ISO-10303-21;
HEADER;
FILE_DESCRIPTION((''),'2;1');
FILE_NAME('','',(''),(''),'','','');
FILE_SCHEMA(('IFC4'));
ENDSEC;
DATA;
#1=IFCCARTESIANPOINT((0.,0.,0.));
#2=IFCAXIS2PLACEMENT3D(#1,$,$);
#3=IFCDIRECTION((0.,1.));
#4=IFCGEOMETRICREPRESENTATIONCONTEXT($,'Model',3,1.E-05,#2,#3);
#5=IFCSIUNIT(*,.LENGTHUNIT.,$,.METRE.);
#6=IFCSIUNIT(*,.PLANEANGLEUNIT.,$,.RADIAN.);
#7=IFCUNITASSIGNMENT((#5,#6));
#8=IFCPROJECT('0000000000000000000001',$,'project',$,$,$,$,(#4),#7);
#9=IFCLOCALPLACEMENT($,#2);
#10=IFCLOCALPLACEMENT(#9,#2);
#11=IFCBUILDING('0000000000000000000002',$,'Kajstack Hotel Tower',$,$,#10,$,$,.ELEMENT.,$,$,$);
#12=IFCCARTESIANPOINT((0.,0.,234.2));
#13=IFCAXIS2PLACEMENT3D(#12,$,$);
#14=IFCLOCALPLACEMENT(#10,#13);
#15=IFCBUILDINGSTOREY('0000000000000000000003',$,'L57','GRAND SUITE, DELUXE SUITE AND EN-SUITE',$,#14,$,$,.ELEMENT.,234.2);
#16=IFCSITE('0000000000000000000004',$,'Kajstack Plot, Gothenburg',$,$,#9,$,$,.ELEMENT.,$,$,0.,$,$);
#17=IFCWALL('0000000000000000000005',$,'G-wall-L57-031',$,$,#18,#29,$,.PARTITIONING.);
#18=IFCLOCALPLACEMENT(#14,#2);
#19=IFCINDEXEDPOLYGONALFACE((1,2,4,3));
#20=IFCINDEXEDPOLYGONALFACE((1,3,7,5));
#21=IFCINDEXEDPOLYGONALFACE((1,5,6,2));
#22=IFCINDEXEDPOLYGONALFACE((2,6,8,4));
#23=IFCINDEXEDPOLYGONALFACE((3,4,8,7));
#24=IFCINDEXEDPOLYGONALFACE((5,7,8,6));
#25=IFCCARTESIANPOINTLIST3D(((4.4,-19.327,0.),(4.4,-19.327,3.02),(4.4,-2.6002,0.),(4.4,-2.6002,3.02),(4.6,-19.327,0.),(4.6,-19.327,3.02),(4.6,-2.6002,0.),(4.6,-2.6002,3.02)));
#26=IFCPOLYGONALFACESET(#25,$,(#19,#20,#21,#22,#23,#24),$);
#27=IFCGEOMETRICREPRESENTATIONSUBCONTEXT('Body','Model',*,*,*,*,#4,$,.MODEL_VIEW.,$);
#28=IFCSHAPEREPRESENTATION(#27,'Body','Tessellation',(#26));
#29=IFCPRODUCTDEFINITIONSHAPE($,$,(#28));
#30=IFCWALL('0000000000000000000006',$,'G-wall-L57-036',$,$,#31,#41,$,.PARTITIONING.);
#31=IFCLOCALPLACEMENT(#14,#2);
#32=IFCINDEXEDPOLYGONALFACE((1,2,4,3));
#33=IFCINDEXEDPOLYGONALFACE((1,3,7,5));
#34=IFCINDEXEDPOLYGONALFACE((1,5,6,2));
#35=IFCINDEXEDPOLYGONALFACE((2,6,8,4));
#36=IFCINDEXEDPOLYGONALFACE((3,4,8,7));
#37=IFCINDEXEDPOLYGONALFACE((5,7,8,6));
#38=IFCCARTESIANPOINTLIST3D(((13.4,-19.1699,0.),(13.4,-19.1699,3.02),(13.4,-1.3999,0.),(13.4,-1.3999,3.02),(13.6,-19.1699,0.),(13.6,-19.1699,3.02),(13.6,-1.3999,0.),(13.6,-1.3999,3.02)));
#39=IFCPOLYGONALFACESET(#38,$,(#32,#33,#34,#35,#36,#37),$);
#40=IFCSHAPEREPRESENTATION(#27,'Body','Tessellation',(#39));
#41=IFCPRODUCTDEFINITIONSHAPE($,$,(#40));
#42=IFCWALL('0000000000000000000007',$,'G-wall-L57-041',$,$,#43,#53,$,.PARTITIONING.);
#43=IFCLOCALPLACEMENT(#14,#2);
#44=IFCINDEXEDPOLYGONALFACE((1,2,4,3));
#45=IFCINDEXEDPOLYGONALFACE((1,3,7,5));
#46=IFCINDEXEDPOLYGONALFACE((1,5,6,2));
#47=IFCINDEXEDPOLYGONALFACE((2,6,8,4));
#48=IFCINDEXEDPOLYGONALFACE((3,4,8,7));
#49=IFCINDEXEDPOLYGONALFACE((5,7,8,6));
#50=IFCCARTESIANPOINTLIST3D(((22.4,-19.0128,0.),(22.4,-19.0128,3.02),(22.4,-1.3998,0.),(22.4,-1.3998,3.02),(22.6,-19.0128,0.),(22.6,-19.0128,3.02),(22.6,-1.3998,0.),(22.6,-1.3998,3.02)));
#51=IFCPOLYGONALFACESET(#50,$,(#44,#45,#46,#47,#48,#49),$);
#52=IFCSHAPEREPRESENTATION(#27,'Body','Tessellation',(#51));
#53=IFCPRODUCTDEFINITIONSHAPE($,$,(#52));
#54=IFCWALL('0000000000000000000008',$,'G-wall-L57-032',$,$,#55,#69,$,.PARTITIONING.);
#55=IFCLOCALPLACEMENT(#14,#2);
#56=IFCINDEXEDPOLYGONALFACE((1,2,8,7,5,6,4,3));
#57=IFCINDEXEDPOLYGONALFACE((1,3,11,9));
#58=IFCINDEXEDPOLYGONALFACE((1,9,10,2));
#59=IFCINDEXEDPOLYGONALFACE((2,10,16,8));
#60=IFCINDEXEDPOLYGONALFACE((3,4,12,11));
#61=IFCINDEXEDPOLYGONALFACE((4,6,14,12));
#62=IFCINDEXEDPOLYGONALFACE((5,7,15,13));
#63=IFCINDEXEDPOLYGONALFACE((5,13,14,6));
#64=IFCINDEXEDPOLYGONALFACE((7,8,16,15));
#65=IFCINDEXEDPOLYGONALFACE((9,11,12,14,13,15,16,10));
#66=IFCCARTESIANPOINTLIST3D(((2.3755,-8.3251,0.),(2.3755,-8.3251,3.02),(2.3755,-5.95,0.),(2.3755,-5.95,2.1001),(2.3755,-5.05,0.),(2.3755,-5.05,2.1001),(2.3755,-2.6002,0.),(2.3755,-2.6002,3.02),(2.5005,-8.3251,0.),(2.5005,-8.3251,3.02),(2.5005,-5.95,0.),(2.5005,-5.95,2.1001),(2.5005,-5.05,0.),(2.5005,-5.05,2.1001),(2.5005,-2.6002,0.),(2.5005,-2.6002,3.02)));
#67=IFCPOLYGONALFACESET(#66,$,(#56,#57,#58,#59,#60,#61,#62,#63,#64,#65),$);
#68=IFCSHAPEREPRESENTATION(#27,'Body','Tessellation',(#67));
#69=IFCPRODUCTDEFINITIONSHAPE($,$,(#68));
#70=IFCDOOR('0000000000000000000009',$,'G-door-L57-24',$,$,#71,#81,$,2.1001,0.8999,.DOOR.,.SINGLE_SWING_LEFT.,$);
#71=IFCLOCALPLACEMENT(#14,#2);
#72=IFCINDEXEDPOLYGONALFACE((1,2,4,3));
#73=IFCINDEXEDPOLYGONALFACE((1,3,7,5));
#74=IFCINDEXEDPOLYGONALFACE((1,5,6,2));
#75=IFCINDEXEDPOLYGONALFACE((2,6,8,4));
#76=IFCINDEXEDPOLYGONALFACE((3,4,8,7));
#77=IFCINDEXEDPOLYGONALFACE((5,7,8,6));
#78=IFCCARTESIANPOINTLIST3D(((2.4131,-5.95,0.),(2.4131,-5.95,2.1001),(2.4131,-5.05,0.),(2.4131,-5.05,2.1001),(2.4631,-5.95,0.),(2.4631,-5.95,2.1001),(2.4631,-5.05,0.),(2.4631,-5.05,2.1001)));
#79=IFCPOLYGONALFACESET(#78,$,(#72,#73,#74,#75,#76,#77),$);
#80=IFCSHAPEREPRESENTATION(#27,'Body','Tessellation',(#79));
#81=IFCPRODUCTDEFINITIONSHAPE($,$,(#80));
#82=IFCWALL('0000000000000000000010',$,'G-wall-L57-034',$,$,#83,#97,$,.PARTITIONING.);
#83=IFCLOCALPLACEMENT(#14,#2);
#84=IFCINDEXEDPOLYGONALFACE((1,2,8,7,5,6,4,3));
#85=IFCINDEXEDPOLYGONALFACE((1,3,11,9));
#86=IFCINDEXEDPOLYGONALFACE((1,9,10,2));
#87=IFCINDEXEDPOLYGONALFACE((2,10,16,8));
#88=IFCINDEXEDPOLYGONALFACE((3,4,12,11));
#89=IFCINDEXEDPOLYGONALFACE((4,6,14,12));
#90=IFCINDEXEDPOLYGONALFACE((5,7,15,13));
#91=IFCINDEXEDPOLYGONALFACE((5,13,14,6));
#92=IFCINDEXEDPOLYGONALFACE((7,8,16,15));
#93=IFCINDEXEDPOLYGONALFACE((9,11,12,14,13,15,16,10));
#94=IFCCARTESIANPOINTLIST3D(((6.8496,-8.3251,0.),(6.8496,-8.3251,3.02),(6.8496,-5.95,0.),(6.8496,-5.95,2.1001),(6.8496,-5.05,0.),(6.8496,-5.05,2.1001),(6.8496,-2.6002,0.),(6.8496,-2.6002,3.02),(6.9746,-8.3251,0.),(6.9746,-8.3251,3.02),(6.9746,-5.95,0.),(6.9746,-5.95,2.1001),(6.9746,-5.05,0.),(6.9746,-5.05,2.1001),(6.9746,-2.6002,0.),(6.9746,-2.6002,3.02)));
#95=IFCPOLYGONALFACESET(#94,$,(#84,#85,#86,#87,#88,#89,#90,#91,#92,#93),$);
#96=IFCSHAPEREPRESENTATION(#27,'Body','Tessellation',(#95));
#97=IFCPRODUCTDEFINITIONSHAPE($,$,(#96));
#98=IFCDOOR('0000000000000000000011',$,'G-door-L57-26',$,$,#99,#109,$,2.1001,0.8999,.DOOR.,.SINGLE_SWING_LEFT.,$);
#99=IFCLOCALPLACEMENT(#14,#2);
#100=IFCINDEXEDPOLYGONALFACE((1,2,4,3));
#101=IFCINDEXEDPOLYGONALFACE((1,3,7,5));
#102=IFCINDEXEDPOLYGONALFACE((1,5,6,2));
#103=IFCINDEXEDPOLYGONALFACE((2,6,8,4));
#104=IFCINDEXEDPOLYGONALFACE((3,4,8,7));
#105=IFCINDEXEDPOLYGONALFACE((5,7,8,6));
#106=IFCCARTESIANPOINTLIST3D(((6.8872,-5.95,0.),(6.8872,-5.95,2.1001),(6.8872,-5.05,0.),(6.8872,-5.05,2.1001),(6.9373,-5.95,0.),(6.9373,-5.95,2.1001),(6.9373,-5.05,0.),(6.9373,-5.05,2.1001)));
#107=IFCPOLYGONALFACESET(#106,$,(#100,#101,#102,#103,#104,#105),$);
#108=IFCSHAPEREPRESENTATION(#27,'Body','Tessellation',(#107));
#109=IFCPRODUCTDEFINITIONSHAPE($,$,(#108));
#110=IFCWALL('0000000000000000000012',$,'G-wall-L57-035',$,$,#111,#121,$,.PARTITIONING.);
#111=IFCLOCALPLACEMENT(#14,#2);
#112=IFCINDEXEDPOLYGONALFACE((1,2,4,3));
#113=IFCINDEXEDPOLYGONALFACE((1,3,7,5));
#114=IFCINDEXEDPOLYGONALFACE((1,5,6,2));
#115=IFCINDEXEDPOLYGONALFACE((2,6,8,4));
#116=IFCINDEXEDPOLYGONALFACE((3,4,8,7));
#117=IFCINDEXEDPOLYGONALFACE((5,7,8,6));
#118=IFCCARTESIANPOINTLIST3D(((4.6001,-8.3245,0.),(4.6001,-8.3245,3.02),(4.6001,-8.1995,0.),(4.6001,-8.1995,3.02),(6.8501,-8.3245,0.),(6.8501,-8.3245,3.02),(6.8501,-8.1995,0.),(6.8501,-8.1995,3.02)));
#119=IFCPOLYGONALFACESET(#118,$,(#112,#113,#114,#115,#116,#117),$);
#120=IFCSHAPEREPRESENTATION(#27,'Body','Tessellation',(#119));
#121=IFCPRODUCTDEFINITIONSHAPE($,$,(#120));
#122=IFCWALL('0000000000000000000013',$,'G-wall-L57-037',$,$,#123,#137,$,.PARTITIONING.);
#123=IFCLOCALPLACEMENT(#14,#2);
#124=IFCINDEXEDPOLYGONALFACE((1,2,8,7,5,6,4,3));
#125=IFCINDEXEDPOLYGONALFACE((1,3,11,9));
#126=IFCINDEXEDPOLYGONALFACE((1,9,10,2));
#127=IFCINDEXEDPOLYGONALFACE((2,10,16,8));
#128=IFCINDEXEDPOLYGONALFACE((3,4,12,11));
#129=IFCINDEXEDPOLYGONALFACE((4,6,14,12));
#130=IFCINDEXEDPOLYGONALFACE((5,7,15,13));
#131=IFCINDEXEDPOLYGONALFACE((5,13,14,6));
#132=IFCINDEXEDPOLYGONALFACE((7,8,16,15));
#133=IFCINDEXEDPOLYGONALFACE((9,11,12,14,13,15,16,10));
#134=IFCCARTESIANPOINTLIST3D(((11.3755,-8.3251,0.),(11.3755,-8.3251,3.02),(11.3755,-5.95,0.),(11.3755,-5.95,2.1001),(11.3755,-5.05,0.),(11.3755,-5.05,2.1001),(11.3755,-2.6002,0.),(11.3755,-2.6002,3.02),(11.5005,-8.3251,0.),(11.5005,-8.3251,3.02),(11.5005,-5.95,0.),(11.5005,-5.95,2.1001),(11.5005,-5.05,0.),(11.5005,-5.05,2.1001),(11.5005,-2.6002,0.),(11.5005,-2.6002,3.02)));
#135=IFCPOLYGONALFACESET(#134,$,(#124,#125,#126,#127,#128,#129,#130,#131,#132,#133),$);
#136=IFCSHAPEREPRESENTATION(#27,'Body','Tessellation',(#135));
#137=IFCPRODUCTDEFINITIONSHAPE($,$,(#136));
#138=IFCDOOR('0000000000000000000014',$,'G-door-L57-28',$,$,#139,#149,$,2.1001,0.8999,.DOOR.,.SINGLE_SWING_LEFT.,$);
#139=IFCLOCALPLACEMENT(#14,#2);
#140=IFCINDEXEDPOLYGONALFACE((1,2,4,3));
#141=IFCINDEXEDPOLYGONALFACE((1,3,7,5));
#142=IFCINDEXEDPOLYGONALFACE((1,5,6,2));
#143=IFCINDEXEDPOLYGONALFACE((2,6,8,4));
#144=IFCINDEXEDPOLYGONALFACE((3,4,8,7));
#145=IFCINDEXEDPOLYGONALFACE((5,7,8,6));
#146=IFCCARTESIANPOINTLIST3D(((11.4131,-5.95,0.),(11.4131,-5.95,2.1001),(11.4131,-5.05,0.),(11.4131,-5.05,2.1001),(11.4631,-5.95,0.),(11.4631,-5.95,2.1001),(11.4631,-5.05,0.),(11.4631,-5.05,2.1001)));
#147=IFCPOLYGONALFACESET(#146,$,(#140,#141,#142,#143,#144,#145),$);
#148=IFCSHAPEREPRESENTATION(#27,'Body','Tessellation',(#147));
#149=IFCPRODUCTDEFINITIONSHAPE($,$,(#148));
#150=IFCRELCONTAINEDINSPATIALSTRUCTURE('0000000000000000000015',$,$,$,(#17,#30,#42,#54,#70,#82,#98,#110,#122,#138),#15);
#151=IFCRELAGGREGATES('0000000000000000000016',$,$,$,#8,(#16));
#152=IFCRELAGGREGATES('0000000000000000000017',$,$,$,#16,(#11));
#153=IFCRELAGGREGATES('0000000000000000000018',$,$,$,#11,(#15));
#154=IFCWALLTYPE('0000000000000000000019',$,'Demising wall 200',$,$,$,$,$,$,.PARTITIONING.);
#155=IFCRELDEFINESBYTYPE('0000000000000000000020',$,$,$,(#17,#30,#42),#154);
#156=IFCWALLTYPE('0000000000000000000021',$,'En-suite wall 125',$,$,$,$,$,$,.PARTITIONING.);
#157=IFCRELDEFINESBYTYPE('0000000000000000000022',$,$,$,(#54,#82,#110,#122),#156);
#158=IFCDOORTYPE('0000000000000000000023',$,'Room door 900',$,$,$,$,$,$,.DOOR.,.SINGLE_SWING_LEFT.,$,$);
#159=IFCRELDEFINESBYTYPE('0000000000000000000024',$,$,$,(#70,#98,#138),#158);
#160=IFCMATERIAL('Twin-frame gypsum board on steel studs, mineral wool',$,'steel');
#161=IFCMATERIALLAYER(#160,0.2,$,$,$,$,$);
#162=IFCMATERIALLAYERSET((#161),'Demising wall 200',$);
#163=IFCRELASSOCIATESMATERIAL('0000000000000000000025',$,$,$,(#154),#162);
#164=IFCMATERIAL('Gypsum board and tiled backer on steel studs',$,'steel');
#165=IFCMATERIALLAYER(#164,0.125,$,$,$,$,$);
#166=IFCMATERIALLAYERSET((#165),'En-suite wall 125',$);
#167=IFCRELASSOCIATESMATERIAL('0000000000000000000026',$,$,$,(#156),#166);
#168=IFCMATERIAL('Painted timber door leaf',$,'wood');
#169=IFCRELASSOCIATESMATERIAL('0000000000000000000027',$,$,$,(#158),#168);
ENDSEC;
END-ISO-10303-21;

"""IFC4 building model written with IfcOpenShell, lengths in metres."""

from ifc_helpers import new_model, si_unit, direction, frame, frame_2d, origin, place, context, subcontext, project, spatial, rectangle, extrude, material, layer, layer_set, type_object, element, fill, save


model = new_model("IFC4")

# Units and contexts
model_context = context("Model", 3, precision=1e-05, world=origin(), true_north=direction((0.0, 1.0)))
body_context = subcontext(model_context, "Body", "Model", "MODEL_VIEW")
ifc_project = project(units=[si_unit("LENGTHUNIT", "METRE"), si_unit("PLANEANGLEUNIT", "RADIAN")], contexts=[model_context])

# Site, building, storey
site_placement = place(None, origin())
site = spatial("IfcSite", under=ifc_project, at=site_placement, Name="Kajstack Plot, Gothenburg", CompositionType="ELEMENT", RefElevation=0.0)
building_placement = place(site_placement, origin())
building = spatial("IfcBuilding", under=site, at=building_placement, Name="Kajstack Hotel Tower", CompositionType="ELEMENT")
storey_placement = place(building_placement, frame((0.0, 0.0, 234.2)))
storey = spatial("IfcBuildingStorey", under=building, at=storey_placement, Name="L57", Description="GRAND SUITE, DELUXE SUITE AND EN-SUITE", CompositionType="ELEMENT", Elevation=234.2)

# Walls
ifc_material_1 = material(Name="Twin-frame gypsum board on steel studs, mineral wool", Category="steel")
ifc_layer_1 = layer(ifc_material_1, 0.2)
ifc_layer_set_1 = layer_set([ifc_layer_1], Name="Demising wall 200")
wall_type_1 = type_object("IfcWallType", Name="Demising wall 200", PredefinedType="PARTITIONING", material=ifc_layer_set_1)
wall_1_placement = place(storey_placement, frame((4.5, -19.3269, 0.0), z_axis=(0.0, 0.0, 1.0), x_axis=(0.0, 1.0, 0.0)))
element("IfcWall", 1, at=wall_1_placement, inside=storey, type_object=wall_type_1, Name="G-wall-L57-031", PredefinedType="PARTITIONING", context=body_context, shape_type="SweptSolid", body=[
    extrude(rectangle(XDim=16.7268, YDim=0.2, at=frame_2d((8.3633, 0.0))), origin(), (0.0, 0.0, 1.0), 3.02),
])
wall_2_placement = place(storey_placement, frame((13.5, -19.1699, 0.0), z_axis=(0.0, 0.0, 1.0), x_axis=(0.0, 1.0, 0.0)))
element("IfcWall", 2, at=wall_2_placement, inside=storey, type_object=wall_type_1, Name="G-wall-L57-036", PredefinedType="PARTITIONING", context=body_context, shape_type="SweptSolid", body=[
    extrude(rectangle(XDim=17.77, YDim=0.2, at=frame_2d((8.885, 0.0))), origin(), (0.0, 0.0, 1.0), 3.02),
])
wall_3_placement = place(storey_placement, frame((22.5, -19.0129, 0.0), z_axis=(0.0, 0.0, 1.0), x_axis=(0.0, 1.0, 0.0)))
element("IfcWall", 3, at=wall_3_placement, inside=storey, type_object=wall_type_1, Name="G-wall-L57-041", PredefinedType="PARTITIONING", context=body_context, shape_type="SweptSolid", body=[
    extrude(rectangle(XDim=17.613, YDim=0.2, at=frame_2d((8.8066, 0.0))), origin(), (0.0, 0.0, 1.0), 3.02),
])

# Walls, openings, doors
ifc_material_2 = material(Name="Gypsum board and tiled backer on steel studs", Category="steel")
ifc_layer_2 = layer(ifc_material_2, 0.125)
ifc_layer_set_2 = layer_set([ifc_layer_2], Name="En-suite wall 125")
wall_type_2 = type_object("IfcWallType", Name="En-suite wall 125", PredefinedType="PARTITIONING", material=ifc_layer_set_2)
wall_4_placement = place(storey_placement, frame((2.438, -8.325, 0.0), z_axis=(0.0, 0.0, 1.0), x_axis=(0.0, 1.0, 0.0)))
wall_4 = element("IfcWall", 4, at=wall_4_placement, inside=storey, type_object=wall_type_2, Name="G-wall-L57-032", PredefinedType="PARTITIONING", context=body_context, shape_type="SweptSolid", body=[
    extrude(rectangle(XDim=5.7249, YDim=0.125, at=frame_2d((2.8623, 0.0))), origin(), (0.0, 0.0, 1.0), 3.02),
])
opening_1_placement = place(wall_4_placement, frame((2.375, 0.0, 0.0)))
opening_1 = element("IfcOpeningElement", 5, at=opening_1_placement, cuts=wall_4, PredefinedType="OPENING", context=body_context, shape_type="SweptSolid", body=[
    extrude(rectangle(XDim=0.8999, YDim=2.1001, at=frame_2d((0.45, 1.05))), frame((0.0, 0.0725, 0.0), z_axis=(0.0, -1.0, 0.0), x_axis=(1.0, 0.0, 0.0)), (0.0, 0.0, 1.0), 0.145),
])
ifc_material_3 = material(Name="Painted timber door leaf", Category="wood")
door_type_1 = type_object("IfcDoorType", Name="Room door 900", OperationType="SINGLE_SWING_LEFT", PredefinedType="DOOR", material=ifc_material_3)
door_1_placement = place(opening_1_placement, origin())
door_1 = element("IfcDoor", 6, at=door_1_placement, inside=storey, type_object=door_type_1, Name="G-door-L57-24", OperationType="SINGLE_SWING_LEFT", OverallHeight=2.1001, OverallWidth=0.8999, PredefinedType="DOOR", context=body_context, shape_type="SweptSolid", body=[
    extrude(rectangle(XDim=0.8999, YDim=2.1001, at=frame_2d((0.45, 1.05))), frame((0.0, 0.0249, 0.0), z_axis=(0.0, -1.0, 0.0), x_axis=(1.0, 0.0, 0.0)), (0.0, 0.0, 1.0), 0.05),
])
fill(opening_1, door_1)
wall_5_placement = place(storey_placement, frame((6.9121, -8.325, 0.0), z_axis=(0.0, 0.0, 1.0), x_axis=(0.0, 1.0, 0.0)))
wall_5 = element("IfcWall", 7, at=wall_5_placement, inside=storey, type_object=wall_type_2, Name="G-wall-L57-034", PredefinedType="PARTITIONING", context=body_context, shape_type="SweptSolid", body=[
    extrude(rectangle(XDim=5.7249, YDim=0.125, at=frame_2d((2.8623, 0.0))), origin(), (0.0, 0.0, 1.0), 3.02),
])
opening_2_placement = place(wall_5_placement, frame((2.375, 0.0, 0.0)))
opening_2 = element("IfcOpeningElement", 8, at=opening_2_placement, cuts=wall_5, PredefinedType="OPENING", context=body_context, shape_type="SweptSolid", body=[
    extrude(rectangle(XDim=0.8999, YDim=2.1001, at=frame_2d((0.45, 1.05))), frame((0.0, 0.0725, 0.0), z_axis=(0.0, -1.0, 0.0), x_axis=(1.0, 0.0, 0.0)), (0.0, 0.0, 1.0), 0.145),
])
door_2_placement = place(opening_2_placement, origin())
door_2 = element("IfcDoor", 9, at=door_2_placement, inside=storey, type_object=door_type_1, Name="G-door-L57-26", OperationType="SINGLE_SWING_LEFT", OverallHeight=2.1001, OverallWidth=0.8999, PredefinedType="DOOR", context=body_context, shape_type="SweptSolid", body=[
    extrude(rectangle(XDim=0.8999, YDim=2.1001, at=frame_2d((0.45, 1.05))), frame((0.0, 0.0249, 0.0), z_axis=(0.0, -1.0, 0.0), x_axis=(1.0, 0.0, 0.0)), (0.0, 0.0, 1.0), 0.05),
])
fill(opening_2, door_2)

# Wall
wall_6_placement = place(storey_placement, frame((4.6001, -8.262, 0.0), z_axis=(0.0, 0.0, 1.0), x_axis=(1.0, 0.0, 0.0)))
element("IfcWall", 10, at=wall_6_placement, inside=storey, type_object=wall_type_2, Name="G-wall-L57-035", PredefinedType="PARTITIONING", context=body_context, shape_type="SweptSolid", body=[
    extrude(rectangle(XDim=2.25, YDim=0.125, at=frame_2d((1.125, 0.0))), origin(), (0.0, 0.0, 1.0), 3.02),
])

# Wall, opening, door
wall_7_placement = place(storey_placement, frame((11.438, -8.325, 0.0), z_axis=(0.0, 0.0, 1.0), x_axis=(0.0, 1.0, 0.0)))
wall_7 = element("IfcWall", 11, at=wall_7_placement, inside=storey, type_object=wall_type_2, Name="G-wall-L57-037", PredefinedType="PARTITIONING", context=body_context, shape_type="SweptSolid", body=[
    extrude(rectangle(XDim=5.7249, YDim=0.125, at=frame_2d((2.8623, 0.0))), origin(), (0.0, 0.0, 1.0), 3.02),
])
opening_3_placement = place(wall_7_placement, frame((2.375, 0.0, 0.0)))
opening_3 = element("IfcOpeningElement", 12, at=opening_3_placement, cuts=wall_7, PredefinedType="OPENING", context=body_context, shape_type="SweptSolid", body=[
    extrude(rectangle(XDim=0.8999, YDim=2.1001, at=frame_2d((0.45, 1.05))), frame((0.0, 0.0725, 0.0), z_axis=(0.0, -1.0, 0.0), x_axis=(1.0, 0.0, 0.0)), (0.0, 0.0, 1.0), 0.145),
])
door_3_placement = place(opening_3_placement, origin())
door_3 = element("IfcDoor", 13, at=door_3_placement, inside=storey, type_object=door_type_1, Name="G-door-L57-28", OperationType="SINGLE_SWING_LEFT", OverallHeight=2.1001, OverallWidth=0.8999, PredefinedType="DOOR", context=body_context, shape_type="SweptSolid", body=[
    extrude(rectangle(XDim=0.8999, YDim=2.1001, at=frame_2d((0.45, 1.05))), frame((0.0, 0.0249, 0.0), z_axis=(0.0, -1.0, 0.0), x_axis=(1.0, 0.0, 0.0)), (0.0, 0.0, 1.0), 0.05),
])
fill(opening_3, door_3)

save(model, "model.ifc")
